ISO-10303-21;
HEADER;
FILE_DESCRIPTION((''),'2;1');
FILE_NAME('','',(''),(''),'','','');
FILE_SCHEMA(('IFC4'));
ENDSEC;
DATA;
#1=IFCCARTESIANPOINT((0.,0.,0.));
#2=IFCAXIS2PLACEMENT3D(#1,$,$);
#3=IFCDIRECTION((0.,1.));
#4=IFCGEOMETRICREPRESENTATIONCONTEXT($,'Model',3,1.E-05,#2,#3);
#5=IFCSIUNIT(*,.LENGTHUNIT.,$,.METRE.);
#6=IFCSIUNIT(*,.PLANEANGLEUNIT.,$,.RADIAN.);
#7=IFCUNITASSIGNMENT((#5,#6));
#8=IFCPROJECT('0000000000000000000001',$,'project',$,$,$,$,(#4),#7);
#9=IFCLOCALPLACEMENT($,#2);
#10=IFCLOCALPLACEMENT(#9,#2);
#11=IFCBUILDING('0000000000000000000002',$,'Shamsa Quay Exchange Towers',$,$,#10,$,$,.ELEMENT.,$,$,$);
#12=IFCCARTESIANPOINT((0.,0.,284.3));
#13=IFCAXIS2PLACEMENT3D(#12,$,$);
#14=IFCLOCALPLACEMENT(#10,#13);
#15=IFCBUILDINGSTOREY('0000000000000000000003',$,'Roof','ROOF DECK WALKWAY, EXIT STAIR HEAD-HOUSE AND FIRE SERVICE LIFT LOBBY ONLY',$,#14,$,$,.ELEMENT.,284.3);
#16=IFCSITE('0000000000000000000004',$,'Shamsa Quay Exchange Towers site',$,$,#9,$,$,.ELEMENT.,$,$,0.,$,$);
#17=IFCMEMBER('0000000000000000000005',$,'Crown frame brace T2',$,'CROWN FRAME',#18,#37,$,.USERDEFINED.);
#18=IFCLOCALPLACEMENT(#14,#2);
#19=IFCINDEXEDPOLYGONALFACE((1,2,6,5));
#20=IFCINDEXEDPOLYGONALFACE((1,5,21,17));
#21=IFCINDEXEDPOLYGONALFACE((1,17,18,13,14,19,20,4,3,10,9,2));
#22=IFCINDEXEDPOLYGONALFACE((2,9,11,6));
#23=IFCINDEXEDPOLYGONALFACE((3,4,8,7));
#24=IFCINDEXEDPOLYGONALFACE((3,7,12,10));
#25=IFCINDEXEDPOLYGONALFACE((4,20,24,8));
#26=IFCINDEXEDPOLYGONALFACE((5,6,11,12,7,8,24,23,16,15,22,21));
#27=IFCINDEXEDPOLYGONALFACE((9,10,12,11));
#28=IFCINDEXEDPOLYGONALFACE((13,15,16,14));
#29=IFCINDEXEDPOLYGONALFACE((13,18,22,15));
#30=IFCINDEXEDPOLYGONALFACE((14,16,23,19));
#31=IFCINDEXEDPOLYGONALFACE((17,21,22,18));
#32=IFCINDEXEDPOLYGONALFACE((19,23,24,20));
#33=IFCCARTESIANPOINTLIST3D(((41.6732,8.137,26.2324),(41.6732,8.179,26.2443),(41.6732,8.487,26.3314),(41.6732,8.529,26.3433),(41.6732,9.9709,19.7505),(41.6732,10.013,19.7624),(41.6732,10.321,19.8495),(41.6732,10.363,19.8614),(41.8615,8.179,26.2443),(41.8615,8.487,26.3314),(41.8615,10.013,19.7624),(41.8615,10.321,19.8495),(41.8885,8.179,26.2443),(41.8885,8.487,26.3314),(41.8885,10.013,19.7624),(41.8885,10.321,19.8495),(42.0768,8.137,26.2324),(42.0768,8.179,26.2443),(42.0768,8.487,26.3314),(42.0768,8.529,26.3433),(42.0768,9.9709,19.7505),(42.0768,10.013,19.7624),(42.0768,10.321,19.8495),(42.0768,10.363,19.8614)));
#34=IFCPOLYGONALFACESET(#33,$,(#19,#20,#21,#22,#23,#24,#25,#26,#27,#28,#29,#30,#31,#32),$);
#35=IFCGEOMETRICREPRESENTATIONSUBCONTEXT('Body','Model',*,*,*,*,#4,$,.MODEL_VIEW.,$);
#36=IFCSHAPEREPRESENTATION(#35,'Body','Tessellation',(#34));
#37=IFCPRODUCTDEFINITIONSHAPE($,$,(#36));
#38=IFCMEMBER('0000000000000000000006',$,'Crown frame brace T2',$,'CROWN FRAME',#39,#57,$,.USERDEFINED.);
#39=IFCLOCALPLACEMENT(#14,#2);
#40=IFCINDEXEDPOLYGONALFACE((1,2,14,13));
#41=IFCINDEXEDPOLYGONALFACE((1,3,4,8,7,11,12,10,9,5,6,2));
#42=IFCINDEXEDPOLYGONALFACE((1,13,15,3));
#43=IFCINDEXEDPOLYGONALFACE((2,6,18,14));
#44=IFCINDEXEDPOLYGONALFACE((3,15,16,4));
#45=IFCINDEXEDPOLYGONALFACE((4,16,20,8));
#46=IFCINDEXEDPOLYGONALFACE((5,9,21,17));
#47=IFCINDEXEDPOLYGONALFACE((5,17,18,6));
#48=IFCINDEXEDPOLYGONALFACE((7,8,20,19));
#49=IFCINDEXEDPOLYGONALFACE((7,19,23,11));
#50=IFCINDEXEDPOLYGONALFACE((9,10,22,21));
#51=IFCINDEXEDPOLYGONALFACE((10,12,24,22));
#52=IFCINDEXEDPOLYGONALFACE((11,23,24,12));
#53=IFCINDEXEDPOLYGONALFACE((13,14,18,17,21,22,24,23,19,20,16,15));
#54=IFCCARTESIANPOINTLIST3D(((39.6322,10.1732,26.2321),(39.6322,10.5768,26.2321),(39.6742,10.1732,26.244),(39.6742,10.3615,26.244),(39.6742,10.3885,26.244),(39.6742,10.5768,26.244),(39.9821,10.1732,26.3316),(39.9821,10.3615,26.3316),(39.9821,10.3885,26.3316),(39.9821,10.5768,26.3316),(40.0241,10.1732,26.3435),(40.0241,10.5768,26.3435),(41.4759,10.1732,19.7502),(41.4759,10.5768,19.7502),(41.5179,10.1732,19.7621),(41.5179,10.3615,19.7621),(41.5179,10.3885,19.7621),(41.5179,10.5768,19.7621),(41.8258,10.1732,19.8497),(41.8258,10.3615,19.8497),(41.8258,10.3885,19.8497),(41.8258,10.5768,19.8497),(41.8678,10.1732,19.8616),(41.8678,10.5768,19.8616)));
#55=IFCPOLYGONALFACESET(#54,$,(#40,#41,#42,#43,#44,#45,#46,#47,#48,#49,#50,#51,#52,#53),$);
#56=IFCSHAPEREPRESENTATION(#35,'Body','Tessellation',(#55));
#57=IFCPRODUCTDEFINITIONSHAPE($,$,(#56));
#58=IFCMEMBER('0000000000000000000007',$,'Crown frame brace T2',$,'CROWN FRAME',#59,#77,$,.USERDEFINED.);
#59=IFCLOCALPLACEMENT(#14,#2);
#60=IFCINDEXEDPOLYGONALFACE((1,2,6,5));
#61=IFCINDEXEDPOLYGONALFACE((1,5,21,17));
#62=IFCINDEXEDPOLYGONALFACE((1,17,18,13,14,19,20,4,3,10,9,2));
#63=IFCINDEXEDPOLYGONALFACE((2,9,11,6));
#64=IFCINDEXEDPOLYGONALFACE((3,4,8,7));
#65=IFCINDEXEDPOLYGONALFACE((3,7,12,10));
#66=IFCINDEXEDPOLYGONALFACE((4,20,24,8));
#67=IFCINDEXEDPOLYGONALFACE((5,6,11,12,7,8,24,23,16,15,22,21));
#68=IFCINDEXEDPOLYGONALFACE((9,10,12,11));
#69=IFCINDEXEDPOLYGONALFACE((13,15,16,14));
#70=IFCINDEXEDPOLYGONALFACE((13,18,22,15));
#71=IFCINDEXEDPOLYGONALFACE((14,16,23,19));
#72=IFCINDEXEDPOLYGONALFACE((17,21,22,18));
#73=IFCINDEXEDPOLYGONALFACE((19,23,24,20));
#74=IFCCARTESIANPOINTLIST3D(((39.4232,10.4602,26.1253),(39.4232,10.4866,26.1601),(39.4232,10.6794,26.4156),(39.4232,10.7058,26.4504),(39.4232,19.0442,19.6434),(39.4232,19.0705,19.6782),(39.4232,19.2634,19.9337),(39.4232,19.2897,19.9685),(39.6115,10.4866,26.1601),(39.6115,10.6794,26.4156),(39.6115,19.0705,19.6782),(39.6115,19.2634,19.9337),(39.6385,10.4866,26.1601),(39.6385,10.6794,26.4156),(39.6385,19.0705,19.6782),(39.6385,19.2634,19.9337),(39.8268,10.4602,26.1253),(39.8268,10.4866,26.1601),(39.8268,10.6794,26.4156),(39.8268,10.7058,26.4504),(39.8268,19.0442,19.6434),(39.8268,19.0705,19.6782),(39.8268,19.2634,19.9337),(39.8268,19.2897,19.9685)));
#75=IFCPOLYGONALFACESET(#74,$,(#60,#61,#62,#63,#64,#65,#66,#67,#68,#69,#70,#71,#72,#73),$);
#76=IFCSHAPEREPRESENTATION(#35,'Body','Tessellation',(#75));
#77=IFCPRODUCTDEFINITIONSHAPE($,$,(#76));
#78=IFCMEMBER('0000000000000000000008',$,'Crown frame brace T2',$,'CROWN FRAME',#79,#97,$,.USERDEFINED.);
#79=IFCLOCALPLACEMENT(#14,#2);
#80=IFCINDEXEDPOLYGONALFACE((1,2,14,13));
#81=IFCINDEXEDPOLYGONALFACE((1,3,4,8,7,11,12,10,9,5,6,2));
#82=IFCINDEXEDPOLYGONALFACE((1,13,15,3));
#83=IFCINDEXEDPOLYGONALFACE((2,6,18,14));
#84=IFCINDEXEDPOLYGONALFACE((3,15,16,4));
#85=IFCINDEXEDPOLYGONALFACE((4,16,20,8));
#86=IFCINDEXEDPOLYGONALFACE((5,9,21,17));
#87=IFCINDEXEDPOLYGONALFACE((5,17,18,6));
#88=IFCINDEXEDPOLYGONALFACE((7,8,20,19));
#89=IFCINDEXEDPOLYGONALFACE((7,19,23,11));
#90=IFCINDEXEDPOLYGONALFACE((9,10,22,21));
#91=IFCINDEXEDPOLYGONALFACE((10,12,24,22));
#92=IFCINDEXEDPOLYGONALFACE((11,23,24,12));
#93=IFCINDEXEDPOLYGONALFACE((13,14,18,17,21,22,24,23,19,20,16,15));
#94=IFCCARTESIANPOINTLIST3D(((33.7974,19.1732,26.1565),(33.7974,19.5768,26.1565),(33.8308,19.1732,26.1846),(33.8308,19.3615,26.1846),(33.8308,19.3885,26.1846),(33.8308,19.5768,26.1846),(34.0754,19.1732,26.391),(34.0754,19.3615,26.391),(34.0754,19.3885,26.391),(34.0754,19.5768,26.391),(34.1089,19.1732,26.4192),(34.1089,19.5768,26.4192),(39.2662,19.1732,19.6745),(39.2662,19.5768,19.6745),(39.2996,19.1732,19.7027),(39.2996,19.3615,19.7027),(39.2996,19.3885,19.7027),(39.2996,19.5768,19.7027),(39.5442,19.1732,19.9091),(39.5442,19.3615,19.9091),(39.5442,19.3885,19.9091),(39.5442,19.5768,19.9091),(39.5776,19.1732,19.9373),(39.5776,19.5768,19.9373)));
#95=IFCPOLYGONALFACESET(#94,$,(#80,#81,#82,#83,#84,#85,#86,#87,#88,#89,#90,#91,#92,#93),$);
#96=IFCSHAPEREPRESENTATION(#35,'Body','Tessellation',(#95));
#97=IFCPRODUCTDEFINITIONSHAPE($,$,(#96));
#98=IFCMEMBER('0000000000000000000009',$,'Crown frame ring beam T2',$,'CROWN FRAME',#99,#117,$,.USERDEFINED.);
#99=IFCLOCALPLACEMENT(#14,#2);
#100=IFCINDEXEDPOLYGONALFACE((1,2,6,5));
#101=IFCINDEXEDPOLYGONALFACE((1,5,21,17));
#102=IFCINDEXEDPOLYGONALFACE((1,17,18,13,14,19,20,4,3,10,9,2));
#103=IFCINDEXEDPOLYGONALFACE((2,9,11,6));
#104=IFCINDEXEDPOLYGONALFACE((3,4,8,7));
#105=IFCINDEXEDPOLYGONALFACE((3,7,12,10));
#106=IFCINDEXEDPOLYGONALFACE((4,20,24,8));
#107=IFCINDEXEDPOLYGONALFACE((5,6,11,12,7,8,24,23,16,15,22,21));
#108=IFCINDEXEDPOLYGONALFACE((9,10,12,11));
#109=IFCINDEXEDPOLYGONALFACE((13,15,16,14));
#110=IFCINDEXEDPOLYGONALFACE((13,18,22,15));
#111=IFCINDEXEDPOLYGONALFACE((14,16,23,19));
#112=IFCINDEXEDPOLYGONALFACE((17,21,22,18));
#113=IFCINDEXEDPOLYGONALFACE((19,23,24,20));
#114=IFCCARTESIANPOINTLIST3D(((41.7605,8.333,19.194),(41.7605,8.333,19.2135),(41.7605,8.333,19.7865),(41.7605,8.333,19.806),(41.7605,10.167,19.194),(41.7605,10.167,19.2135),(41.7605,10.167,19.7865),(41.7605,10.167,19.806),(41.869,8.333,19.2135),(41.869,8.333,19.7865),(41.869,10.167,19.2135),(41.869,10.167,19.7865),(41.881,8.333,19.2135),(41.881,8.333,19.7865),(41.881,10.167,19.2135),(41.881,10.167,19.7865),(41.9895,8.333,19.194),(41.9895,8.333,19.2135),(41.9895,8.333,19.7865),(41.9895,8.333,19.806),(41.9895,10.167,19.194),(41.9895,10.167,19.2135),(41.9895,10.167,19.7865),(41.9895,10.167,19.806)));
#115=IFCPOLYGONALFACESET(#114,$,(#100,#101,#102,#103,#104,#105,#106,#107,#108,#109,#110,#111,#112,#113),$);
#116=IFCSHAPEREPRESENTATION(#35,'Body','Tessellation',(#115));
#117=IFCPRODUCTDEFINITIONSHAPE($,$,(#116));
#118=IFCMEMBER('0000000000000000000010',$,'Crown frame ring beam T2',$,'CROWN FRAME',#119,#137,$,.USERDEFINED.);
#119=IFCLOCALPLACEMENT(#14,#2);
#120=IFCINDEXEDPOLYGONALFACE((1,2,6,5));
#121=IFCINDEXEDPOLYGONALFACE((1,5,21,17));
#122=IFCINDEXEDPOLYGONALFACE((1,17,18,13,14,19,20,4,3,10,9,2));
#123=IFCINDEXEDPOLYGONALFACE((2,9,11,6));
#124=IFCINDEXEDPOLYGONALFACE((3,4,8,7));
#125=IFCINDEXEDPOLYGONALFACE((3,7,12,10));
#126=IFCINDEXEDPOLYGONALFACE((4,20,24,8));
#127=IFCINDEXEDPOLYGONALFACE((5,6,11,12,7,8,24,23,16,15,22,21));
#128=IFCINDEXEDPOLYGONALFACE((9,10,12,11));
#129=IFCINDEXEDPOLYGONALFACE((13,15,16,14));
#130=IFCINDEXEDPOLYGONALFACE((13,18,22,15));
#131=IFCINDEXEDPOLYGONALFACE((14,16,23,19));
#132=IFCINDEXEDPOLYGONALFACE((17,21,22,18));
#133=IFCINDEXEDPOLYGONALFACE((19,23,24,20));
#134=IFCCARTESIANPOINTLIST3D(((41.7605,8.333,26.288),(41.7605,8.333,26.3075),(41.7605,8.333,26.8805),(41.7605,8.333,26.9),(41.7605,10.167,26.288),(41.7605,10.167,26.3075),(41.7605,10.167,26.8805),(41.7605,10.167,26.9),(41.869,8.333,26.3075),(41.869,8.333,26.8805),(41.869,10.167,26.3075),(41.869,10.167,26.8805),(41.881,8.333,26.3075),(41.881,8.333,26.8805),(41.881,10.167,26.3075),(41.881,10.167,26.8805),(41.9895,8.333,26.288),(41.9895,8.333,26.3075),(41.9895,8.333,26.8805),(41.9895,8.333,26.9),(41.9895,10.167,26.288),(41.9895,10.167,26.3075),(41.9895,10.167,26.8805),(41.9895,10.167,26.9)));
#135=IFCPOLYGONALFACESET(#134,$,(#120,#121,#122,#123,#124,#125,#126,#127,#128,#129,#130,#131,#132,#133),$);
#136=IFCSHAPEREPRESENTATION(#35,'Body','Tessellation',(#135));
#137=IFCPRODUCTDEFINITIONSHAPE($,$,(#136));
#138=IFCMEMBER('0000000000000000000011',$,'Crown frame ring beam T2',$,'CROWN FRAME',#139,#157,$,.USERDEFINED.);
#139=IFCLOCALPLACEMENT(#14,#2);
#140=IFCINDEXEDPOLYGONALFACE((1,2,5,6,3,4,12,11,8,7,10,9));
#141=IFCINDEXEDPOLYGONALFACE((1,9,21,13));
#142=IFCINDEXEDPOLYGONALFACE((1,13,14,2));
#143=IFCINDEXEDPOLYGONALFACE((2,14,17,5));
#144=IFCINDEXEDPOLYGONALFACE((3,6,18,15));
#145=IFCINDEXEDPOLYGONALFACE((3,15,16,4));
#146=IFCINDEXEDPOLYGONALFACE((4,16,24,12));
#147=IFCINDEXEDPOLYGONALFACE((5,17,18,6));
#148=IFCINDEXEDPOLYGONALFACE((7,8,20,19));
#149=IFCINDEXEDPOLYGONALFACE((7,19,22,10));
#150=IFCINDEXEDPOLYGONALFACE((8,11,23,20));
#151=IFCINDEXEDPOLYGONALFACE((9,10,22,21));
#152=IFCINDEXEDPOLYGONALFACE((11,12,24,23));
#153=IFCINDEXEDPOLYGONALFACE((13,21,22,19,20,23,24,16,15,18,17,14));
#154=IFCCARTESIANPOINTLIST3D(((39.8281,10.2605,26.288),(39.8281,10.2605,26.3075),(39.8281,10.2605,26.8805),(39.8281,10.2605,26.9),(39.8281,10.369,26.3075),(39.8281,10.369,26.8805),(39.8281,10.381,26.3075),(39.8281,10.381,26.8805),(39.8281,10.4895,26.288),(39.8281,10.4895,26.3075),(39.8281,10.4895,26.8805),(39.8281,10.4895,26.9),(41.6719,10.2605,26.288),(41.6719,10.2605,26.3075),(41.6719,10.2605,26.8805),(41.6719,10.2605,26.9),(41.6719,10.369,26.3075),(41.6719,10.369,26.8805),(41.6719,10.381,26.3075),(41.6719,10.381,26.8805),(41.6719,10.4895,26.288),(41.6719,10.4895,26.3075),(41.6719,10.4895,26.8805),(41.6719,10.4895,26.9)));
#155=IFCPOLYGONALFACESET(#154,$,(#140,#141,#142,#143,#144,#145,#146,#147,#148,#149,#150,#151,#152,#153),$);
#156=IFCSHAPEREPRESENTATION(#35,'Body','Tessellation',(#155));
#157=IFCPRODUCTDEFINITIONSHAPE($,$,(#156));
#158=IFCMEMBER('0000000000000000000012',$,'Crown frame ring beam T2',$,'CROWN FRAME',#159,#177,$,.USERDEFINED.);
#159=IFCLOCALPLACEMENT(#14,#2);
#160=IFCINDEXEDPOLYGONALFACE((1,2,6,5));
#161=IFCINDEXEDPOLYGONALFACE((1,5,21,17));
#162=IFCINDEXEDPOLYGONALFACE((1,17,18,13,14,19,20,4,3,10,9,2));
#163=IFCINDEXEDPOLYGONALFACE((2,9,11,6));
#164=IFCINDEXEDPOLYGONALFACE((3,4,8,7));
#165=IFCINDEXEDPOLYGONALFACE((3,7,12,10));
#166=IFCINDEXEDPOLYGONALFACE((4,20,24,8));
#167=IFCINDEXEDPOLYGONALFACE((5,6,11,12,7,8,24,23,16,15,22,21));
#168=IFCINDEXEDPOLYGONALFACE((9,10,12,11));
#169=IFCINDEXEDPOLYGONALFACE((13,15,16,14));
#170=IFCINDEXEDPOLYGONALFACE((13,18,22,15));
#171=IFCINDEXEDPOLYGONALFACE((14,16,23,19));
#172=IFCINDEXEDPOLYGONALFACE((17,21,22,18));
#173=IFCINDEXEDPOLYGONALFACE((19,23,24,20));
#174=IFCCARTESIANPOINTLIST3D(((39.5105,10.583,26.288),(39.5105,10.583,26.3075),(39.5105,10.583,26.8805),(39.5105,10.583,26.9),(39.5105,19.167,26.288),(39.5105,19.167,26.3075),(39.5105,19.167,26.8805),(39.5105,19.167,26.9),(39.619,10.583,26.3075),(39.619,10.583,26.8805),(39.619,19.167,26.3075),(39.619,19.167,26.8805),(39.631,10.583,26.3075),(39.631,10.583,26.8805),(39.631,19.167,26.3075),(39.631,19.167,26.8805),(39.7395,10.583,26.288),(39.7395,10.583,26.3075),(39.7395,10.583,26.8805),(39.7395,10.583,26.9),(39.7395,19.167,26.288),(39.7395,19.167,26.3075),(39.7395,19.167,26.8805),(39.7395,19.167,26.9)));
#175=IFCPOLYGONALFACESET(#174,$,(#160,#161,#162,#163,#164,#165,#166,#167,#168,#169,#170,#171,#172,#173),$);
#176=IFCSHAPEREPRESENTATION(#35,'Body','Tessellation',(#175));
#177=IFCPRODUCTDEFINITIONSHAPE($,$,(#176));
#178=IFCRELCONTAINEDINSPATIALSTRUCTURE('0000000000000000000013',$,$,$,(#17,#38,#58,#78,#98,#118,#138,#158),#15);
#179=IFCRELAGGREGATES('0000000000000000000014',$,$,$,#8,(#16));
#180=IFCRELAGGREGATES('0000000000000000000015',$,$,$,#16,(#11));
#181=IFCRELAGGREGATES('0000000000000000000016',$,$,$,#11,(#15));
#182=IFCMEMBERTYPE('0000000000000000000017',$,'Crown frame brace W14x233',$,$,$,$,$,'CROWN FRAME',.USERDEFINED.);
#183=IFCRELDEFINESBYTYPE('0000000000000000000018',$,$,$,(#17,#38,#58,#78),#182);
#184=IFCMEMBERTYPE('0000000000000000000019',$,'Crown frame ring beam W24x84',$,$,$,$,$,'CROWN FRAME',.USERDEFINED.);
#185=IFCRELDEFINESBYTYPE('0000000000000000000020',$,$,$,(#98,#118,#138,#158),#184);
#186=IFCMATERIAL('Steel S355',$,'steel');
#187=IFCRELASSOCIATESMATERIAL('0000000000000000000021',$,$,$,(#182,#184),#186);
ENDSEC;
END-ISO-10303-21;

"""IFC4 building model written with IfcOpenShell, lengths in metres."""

from ifc_helpers import new_model, si_unit, direction, frame, origin, origin_2d, place, context, subcontext, project, spatial, i_section, extrude, material, material_profile, profile_set, type_object, element, save


model = new_model("IFC4")

# Units and contexts
model_context = context("Model", 3, precision=1e-05, world=origin(), true_north=direction((0.0, 1.0)))
body_context = subcontext(model_context, "Body", "Model", "MODEL_VIEW")
ifc_project = project(units=[si_unit("LENGTHUNIT", "METRE"), si_unit("PLANEANGLEUNIT", "RADIAN")], contexts=[model_context])

# Site, building, storey
site_placement = place(None, origin())
site = spatial("IfcSite", under=ifc_project, at=site_placement, Name="Shamsa Quay Exchange Towers site", CompositionType="ELEMENT", RefElevation=0.0)
building_placement = place(site_placement, origin())
building = spatial("IfcBuilding", under=site, at=building_placement, Name="Shamsa Quay Exchange Towers", CompositionType="ELEMENT")
storey_placement = place(building_placement, frame((0.0, 0.0, 284.3)))
storey = spatial("IfcBuildingStorey", under=building, at=storey_placement, Name="Roof", Description="ROOF DECK WALKWAY, EXIT STAIR HEAD-HOUSE AND FIRE SERVICE LIFT LOBBY ONLY", CompositionType="ELEMENT", Elevation=284.3)

# Members
ifc_material_1 = material(Name="Steel S355", Category="steel")
ifc_material_profile_1 = material_profile(ifc_material_1, i_section(OverallWidth=0.4036, OverallDepth=0.4075, WebThickness=0.0271, FlangeThickness=0.0437, at=origin_2d()), Name="W14x233")
ifc_profile_set_1 = profile_set([ifc_material_profile_1], Name="Steel S355")
member_type_1 = type_object("IfcMemberType", Name="Crown frame brace W14x233", ElementType="CROWN FRAME", PredefinedType="USERDEFINED", material=ifc_profile_set_1)
member_1_placement = place(storey_placement, frame((41.875, 8.333, 26.2878), z_axis=(0.0, 0.27225, -0.962226), x_axis=(-1.0, 0.0, 0.0)))
element("IfcMember", 1, at=member_1_placement, inside=storey, type_object=member_type_1, Name="Crown frame brace T2", ObjectType="CROWN FRAME", PredefinedType="USERDEFINED", context=body_context, shape_type="SweptSolid", body=[
    extrude(i_section(OverallWidth=0.4036, OverallDepth=0.4075, WebThickness=0.0271, FlangeThickness=0.0437, at=origin_2d()), origin(), (0.0, 0.0, 1.0), 6.7363),
])
member_2_placement = place(storey_placement, frame((41.6719, 10.375, 19.8059), z_axis=(-0.273592, 0.0, 0.961846), x_axis=(0.0, -1.0, 0.0)))
element("IfcMember", 2, at=member_2_placement, inside=storey, type_object=member_type_1, Name="Crown frame brace T2", ObjectType="CROWN FRAME", PredefinedType="USERDEFINED", context=body_context, shape_type="SweptSolid", body=[
    extrude(i_section(OverallWidth=0.4036, OverallDepth=0.4075, WebThickness=0.0271, FlangeThickness=0.0437, at=origin_2d()), origin(), (0.0, 0.0, 1.0), 6.739),
])
member_3_placement = place(storey_placement, frame((39.625, 10.583, 26.2878), z_axis=(0.0, 0.798035, -0.602612), x_axis=(-1.0, 0.0, 0.0)))
element("IfcMember", 3, at=member_3_placement, inside=storey, type_object=member_type_1, Name="Crown frame brace T2", ObjectType="CROWN FRAME", PredefinedType="USERDEFINED", context=body_context, shape_type="SweptSolid", body=[
    extrude(i_section(OverallWidth=0.4036, OverallDepth=0.4075, WebThickness=0.0271, FlangeThickness=0.0437, at=origin_2d()), origin(), (0.0, 0.0, 1.0), 10.7563),
])
member_4_placement = place(storey_placement, frame((39.4219, 19.375, 19.8059), z_axis=(-0.644845, 0.0, 0.764314), x_axis=(0.0, -1.0, 0.0)))
element("IfcMember", 4, at=member_4_placement, inside=storey, type_object=member_type_1, Name="Crown frame brace T2", ObjectType="CROWN FRAME", PredefinedType="USERDEFINED", context=body_context, shape_type="SweptSolid", body=[
    extrude(i_section(OverallWidth=0.4036, OverallDepth=0.4075, WebThickness=0.0271, FlangeThickness=0.0437, at=origin_2d()), origin(), (0.0, 0.0, 1.0), 8.4807),
])
ifc_material_profile_2 = material_profile(ifc_material_1, i_section(OverallWidth=0.229, OverallDepth=0.6121, WebThickness=0.012, FlangeThickness=0.0195, at=origin_2d()), Name="W24x84")
ifc_profile_set_2 = profile_set([ifc_material_profile_2], Name="Steel S355")
member_type_2 = type_object("IfcMemberType", Name="Crown frame ring beam W24x84", ElementType="CROWN FRAME", PredefinedType="USERDEFINED", material=ifc_profile_set_2)
for number, where, z_axis, x_axis, name in (
    (5, (41.875, 8.333, 19.5), (0.0, 1.0, 0.0), (-1.0, 0.0, 0.0), "Crown frame ring beam T2"),
    (6, (41.875, 8.333, 26.594), (0.0, 1.0, 0.0), (-1.0, 0.0, 0.0), "Crown frame ring beam T2"),
):
    element("IfcMember", number, at=place(storey_placement, frame(where, z_axis=z_axis, x_axis=x_axis)), inside=storey, type_object=member_type_2, Name=name, ObjectType="CROWN FRAME", PredefinedType="USERDEFINED", context=body_context, shape_type="SweptSolid", body=[
        extrude(i_section(OverallWidth=0.229, OverallDepth=0.6121, WebThickness=0.012, FlangeThickness=0.0195, at=origin_2d()), origin(), (0.0, 0.0, 1.0), 1.834),
    ])
member_5_placement = place(storey_placement, frame((41.6719, 10.375, 26.594), z_axis=(-1.0, 0.0, 0.0), x_axis=(0.0, -1.0, 0.0)))
element("IfcMember", 7, at=member_5_placement, inside=storey, type_object=member_type_2, Name="Crown frame ring beam T2", ObjectType="CROWN FRAME", PredefinedType="USERDEFINED", context=body_context, shape_type="SweptSolid", body=[
    extrude(i_section(OverallWidth=0.229, OverallDepth=0.6121, WebThickness=0.012, FlangeThickness=0.0195, at=origin_2d()), origin(), (0.0, 0.0, 1.0), 1.8438),
])
member_6_placement = place(storey_placement, frame((39.625, 10.583, 26.594), z_axis=(0.0, 1.0, 0.0), x_axis=(-1.0, 0.0, 0.0)))
element("IfcMember", 8, at=member_6_placement, inside=storey, type_object=member_type_2, Name="Crown frame ring beam T2", ObjectType="CROWN FRAME", PredefinedType="USERDEFINED", context=body_context, shape_type="SweptSolid", body=[
    extrude(i_section(OverallWidth=0.229, OverallDepth=0.6121, WebThickness=0.012, FlangeThickness=0.0195, at=origin_2d()), origin(), (0.0, 0.0, 1.0), 8.584),
])

save(model, "model.ifc")
